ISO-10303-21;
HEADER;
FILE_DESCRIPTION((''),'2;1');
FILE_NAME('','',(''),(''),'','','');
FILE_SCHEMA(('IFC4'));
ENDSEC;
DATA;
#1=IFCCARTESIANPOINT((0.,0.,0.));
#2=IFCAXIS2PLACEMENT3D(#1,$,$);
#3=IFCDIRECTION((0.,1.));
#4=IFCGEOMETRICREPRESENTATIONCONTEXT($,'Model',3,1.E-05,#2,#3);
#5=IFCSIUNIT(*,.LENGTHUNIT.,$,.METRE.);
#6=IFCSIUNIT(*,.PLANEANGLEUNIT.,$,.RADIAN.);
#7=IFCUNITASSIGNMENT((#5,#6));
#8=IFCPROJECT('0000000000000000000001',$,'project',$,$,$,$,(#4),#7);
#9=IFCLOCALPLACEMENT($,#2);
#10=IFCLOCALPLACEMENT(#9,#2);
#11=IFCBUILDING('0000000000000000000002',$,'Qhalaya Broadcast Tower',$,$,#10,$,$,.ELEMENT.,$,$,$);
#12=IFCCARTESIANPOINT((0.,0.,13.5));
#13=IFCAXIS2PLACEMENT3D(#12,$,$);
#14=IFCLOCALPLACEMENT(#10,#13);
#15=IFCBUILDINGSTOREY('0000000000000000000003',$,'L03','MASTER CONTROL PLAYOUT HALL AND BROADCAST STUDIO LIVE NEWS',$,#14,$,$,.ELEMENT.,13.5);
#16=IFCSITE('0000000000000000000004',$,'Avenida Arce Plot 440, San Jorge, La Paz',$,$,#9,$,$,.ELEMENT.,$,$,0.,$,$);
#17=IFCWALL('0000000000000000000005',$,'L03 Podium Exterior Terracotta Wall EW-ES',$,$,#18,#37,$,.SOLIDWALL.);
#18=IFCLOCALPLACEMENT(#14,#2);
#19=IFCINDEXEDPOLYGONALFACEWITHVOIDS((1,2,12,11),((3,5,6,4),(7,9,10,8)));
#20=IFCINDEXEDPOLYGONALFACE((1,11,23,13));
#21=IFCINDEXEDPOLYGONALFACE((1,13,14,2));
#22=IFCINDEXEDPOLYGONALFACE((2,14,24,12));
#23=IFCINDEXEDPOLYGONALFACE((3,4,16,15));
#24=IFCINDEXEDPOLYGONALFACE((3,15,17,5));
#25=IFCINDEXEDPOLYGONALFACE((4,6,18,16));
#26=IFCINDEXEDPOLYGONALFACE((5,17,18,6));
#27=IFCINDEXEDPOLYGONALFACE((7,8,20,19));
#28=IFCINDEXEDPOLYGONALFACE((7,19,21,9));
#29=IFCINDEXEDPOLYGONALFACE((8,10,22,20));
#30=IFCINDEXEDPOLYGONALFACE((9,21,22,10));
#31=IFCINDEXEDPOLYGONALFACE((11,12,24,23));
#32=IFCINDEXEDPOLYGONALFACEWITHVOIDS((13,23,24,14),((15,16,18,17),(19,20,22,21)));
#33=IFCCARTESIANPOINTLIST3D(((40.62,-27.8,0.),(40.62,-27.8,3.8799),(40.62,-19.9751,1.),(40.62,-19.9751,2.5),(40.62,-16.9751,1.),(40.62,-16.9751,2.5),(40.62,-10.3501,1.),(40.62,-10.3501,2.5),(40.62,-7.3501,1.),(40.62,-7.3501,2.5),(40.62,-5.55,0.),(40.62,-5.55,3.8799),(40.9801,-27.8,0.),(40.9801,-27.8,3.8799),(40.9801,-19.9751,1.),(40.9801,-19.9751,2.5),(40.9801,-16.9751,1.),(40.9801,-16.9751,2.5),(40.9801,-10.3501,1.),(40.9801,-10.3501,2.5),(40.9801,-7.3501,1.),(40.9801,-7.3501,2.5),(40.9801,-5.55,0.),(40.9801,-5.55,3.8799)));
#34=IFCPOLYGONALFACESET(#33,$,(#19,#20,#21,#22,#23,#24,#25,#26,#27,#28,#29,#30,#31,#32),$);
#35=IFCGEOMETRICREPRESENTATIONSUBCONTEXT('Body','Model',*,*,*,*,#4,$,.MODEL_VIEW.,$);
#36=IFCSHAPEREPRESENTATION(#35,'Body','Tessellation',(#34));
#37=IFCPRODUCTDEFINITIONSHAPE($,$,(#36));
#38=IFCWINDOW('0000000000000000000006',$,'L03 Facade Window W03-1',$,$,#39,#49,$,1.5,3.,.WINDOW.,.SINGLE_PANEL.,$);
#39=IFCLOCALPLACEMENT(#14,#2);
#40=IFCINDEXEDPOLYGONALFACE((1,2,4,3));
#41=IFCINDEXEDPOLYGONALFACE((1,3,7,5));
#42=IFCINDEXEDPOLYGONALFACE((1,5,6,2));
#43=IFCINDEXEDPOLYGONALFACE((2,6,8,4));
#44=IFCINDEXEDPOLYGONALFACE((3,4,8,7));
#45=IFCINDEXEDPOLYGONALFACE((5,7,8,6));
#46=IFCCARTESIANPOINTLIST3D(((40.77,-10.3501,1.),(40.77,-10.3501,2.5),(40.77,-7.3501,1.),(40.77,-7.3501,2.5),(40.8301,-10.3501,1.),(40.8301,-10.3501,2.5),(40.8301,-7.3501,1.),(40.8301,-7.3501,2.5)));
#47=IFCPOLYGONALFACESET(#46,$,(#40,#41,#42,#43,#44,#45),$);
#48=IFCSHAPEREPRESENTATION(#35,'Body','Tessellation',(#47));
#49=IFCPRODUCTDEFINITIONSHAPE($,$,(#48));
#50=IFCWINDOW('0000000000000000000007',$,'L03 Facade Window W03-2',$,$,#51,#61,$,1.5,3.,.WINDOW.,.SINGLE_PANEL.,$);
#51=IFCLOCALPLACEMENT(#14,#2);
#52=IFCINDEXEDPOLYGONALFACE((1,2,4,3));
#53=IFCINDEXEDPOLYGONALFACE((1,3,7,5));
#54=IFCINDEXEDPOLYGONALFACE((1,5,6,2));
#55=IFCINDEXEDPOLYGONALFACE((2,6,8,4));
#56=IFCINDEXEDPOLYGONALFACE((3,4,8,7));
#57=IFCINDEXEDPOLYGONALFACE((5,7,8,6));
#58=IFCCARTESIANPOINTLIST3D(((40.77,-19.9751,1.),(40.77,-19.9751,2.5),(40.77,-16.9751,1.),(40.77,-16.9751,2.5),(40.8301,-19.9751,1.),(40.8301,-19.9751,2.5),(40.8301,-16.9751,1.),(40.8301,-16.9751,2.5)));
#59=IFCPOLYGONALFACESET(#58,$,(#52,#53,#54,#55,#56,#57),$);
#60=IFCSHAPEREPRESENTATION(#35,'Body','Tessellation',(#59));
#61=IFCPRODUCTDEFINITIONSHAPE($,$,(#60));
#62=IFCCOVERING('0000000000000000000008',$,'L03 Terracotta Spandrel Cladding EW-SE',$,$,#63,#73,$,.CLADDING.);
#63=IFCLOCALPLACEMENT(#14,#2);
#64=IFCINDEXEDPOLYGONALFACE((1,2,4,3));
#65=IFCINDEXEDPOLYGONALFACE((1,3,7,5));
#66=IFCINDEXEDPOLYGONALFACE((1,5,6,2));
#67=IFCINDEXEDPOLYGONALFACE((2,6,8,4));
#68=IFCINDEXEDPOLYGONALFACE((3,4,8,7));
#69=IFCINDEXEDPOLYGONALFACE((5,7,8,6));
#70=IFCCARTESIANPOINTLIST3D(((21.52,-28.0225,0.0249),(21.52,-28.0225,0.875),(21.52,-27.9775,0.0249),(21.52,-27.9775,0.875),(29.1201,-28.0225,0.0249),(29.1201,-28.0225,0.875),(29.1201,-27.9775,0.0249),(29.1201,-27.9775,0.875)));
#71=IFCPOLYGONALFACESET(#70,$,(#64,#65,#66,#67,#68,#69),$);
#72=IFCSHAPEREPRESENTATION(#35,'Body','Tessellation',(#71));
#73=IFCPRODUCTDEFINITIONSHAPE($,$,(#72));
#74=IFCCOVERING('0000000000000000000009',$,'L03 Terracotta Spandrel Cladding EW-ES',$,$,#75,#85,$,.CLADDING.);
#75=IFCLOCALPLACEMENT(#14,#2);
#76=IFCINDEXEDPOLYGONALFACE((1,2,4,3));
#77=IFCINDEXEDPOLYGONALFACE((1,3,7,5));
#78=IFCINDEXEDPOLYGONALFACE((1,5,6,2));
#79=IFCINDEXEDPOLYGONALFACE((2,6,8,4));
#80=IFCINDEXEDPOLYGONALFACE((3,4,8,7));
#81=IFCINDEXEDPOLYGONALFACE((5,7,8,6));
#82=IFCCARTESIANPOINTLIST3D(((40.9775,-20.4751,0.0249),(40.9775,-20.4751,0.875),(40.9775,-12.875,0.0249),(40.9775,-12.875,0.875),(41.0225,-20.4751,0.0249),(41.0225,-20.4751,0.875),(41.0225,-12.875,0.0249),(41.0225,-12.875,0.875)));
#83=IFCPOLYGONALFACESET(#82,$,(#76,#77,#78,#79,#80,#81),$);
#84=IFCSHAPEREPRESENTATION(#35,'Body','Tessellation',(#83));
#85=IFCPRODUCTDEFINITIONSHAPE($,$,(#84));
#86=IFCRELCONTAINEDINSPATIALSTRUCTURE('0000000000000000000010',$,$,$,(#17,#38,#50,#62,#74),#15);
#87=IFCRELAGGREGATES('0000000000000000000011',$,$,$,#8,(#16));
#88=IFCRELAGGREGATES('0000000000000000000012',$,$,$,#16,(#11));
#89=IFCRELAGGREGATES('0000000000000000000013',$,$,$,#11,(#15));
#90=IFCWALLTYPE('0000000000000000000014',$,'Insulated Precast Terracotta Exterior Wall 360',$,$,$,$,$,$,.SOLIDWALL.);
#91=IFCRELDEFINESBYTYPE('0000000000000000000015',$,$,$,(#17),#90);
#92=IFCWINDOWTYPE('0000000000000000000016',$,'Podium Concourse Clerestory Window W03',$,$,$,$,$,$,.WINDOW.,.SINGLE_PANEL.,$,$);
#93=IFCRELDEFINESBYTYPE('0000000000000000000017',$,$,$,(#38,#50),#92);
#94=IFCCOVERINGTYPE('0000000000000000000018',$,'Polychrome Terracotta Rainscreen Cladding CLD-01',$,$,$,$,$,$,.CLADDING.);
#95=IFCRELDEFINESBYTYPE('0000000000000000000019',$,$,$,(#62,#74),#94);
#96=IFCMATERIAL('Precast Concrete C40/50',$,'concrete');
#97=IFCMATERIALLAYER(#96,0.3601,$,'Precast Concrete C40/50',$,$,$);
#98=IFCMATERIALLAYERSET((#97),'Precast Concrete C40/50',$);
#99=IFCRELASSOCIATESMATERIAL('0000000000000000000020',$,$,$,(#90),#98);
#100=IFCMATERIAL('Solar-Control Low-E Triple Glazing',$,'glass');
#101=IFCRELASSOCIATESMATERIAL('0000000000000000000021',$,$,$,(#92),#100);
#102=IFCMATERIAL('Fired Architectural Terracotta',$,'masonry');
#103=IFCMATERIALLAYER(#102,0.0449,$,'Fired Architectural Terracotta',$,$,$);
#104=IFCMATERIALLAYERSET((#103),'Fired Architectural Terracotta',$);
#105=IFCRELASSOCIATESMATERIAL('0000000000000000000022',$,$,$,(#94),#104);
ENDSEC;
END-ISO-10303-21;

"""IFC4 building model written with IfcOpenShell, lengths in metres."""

from ifc_helpers import new_model, si_unit, direction, frame, frame_2d, origin, origin_2d, place, context, subcontext, project, spatial, rectangle, extrude, material, layer, layer_set, type_object, element, fill, save


model = new_model("IFC4")

# Units and contexts
model_context = context("Model", 3, precision=1e-05, world=origin(), true_north=direction((0.0, 1.0)))
body_context = subcontext(model_context, "Body", "Model", "MODEL_VIEW")
ifc_project = project(units=[si_unit("LENGTHUNIT", "METRE"), si_unit("PLANEANGLEUNIT", "RADIAN")], contexts=[model_context])

# Site, building, storey
site_placement = place(None, origin())
site = spatial("IfcSite", under=ifc_project, at=site_placement, Name="Avenida Arce Plot 440, San Jorge, La Paz", CompositionType="ELEMENT", RefElevation=0.0)
building_placement = place(site_placement, origin())
building = spatial("IfcBuilding", under=site, at=building_placement, Name="Qhalaya Broadcast Tower", CompositionType="ELEMENT")
storey_placement = place(building_placement, frame((0.0, 0.0, 13.5)))
storey = spatial("IfcBuildingStorey", under=building, at=storey_placement, Name="L03", Description="MASTER CONTROL PLAYOUT HALL AND BROADCAST STUDIO LIVE NEWS", CompositionType="ELEMENT", Elevation=13.5)

# Wall, openings, windows
ifc_material_1 = material(Name="Precast Concrete C40/50", Category="concrete")
ifc_layer_1 = layer(ifc_material_1, 0.3601, Name="Precast Concrete C40/50")
ifc_layer_set_1 = layer_set([ifc_layer_1], Name="Precast Concrete C40/50")
wall_type_1 = type_object("IfcWallType", Name="Insulated Precast Terracotta Exterior Wall 360", PredefinedType="SOLIDWALL", material=ifc_layer_set_1)
ifc_material_2 = material(Name="Solar-Control Low-E Triple Glazing", Category="glass")
wall_1_placement = place(storey_placement, frame((40.8, -5.55, 0.0), z_axis=(0.0, 0.0, 1.0), x_axis=(0.0, -1.0, 0.0)))
wall_1 = element("IfcWall", 1, at=wall_1_placement, inside=storey, type_object=wall_type_1, Name="L03 Podium Exterior Terracotta Wall EW-ES", PredefinedType="SOLIDWALL", context=body_context, shape_type="SweptSolid", body=[
    extrude(rectangle(XDim=22.25, YDim=0.3601, at=frame_2d((11.125, 0.0))), origin(), (0.0, 0.0, 1.0), 3.8799),
])
opening_1_placement = place(wall_1_placement, frame((1.8, 0.0, 1.0)))
opening_1 = element("IfcOpeningElement", 2, at=opening_1_placement, cuts=wall_1, PredefinedType="OPENING", context=body_context, shape_type="SweptSolid", body=[
    extrude(rectangle(XDim=3.0, YDim=1.5, at=frame_2d((1.5, 0.75))), frame((0.0, 0.1921, 0.0), z_axis=(0.0, -1.0, 0.0), x_axis=(1.0, 0.0, 0.0)), (0.0, 0.0, 1.0), 0.384),
])
opening_2_placement = place(wall_1_placement, frame((11.425, 0.0, 1.0)))
opening_2 = element("IfcOpeningElement", 3, at=opening_2_placement, cuts=wall_1, PredefinedType="OPENING", context=body_context, shape_type="SweptSolid", body=[
    extrude(rectangle(XDim=3.0, YDim=1.5, at=frame_2d((1.5, 0.75))), frame((0.0, 0.1921, 0.0), z_axis=(0.0, -1.0, 0.0), x_axis=(1.0, 0.0, 0.0)), (0.0, 0.0, 1.0), 0.384),
])
window_type_1 = type_object("IfcWindowType", Name="Podium Concourse Clerestory Window W03", PartitioningType="SINGLE_PANEL", PredefinedType="WINDOW", material=ifc_material_2)
window_1_placement = place(opening_1_placement, origin())
window_1 = element("IfcWindow", 4, at=window_1_placement, inside=storey, type_object=window_type_1, Name="L03 Facade Window W03-1", OverallHeight=1.5, OverallWidth=3.0, PartitioningType="SINGLE_PANEL", PredefinedType="WINDOW", context=body_context, shape_type="SweptSolid", body=[
    extrude(rectangle(XDim=3.0, YDim=1.5, at=frame_2d((1.5, 0.75))), frame((0.0, 0.03, 0.0), z_axis=(0.0, -1.0, 0.0), x_axis=(1.0, 0.0, 0.0)), (0.0, 0.0, 1.0), 0.0601),
])
fill(opening_1, window_1)
window_2_placement = place(opening_2_placement, origin())
window_2 = element("IfcWindow", 5, at=window_2_placement, inside=storey, type_object=window_type_1, Name="L03 Facade Window W03-2", OverallHeight=1.5, OverallWidth=3.0, PartitioningType="SINGLE_PANEL", PredefinedType="WINDOW", context=body_context, shape_type="SweptSolid", body=[
    extrude(rectangle(XDim=3.0, YDim=1.5, at=frame_2d((1.5, 0.75))), frame((0.0, 0.03, 0.0), z_axis=(0.0, -1.0, 0.0), x_axis=(1.0, 0.0, 0.0)), (0.0, 0.0, 1.0), 0.0601),
])
fill(opening_2, window_2)

# Coverings
ifc_material_3 = material(Name="Fired Architectural Terracotta", Category="masonry")
ifc_layer_2 = layer(ifc_material_3, 0.0449, Name="Fired Architectural Terracotta")
ifc_layer_set_2 = layer_set([ifc_layer_2], Name="Fired Architectural Terracotta")
covering_type = type_object("IfcCoveringType", Name="Polychrome Terracotta Rainscreen Cladding CLD-01", PredefinedType="CLADDING", material=ifc_layer_set_2)
for number, where, z_axis, x_axis, name in (
    (6, (25.3201, -28.0, 0.0249), (0.0, 0.0, 1.0), (-1.0, 0.0, 0.0), "L03 Terracotta Spandrel Cladding EW-SE"),
    (7, (41.0, -16.675, 0.0249), (0.0, 0.0, 1.0), (0.0, -1.0, 0.0), "L03 Terracotta Spandrel Cladding EW-ES"),
):
    element("IfcCovering", number, at=place(storey_placement, frame(where, z_axis=z_axis, x_axis=x_axis)), inside=storey, type_object=covering_type, Name=name, PredefinedType="CLADDING", context=body_context, shape_type="SweptSolid", body=[
        extrude(rectangle(XDim=7.6001, YDim=0.0449, at=origin_2d()), origin(), (0.0, 0.0, 1.0), 0.8501),
    ])

save(model, "model.ifc")
